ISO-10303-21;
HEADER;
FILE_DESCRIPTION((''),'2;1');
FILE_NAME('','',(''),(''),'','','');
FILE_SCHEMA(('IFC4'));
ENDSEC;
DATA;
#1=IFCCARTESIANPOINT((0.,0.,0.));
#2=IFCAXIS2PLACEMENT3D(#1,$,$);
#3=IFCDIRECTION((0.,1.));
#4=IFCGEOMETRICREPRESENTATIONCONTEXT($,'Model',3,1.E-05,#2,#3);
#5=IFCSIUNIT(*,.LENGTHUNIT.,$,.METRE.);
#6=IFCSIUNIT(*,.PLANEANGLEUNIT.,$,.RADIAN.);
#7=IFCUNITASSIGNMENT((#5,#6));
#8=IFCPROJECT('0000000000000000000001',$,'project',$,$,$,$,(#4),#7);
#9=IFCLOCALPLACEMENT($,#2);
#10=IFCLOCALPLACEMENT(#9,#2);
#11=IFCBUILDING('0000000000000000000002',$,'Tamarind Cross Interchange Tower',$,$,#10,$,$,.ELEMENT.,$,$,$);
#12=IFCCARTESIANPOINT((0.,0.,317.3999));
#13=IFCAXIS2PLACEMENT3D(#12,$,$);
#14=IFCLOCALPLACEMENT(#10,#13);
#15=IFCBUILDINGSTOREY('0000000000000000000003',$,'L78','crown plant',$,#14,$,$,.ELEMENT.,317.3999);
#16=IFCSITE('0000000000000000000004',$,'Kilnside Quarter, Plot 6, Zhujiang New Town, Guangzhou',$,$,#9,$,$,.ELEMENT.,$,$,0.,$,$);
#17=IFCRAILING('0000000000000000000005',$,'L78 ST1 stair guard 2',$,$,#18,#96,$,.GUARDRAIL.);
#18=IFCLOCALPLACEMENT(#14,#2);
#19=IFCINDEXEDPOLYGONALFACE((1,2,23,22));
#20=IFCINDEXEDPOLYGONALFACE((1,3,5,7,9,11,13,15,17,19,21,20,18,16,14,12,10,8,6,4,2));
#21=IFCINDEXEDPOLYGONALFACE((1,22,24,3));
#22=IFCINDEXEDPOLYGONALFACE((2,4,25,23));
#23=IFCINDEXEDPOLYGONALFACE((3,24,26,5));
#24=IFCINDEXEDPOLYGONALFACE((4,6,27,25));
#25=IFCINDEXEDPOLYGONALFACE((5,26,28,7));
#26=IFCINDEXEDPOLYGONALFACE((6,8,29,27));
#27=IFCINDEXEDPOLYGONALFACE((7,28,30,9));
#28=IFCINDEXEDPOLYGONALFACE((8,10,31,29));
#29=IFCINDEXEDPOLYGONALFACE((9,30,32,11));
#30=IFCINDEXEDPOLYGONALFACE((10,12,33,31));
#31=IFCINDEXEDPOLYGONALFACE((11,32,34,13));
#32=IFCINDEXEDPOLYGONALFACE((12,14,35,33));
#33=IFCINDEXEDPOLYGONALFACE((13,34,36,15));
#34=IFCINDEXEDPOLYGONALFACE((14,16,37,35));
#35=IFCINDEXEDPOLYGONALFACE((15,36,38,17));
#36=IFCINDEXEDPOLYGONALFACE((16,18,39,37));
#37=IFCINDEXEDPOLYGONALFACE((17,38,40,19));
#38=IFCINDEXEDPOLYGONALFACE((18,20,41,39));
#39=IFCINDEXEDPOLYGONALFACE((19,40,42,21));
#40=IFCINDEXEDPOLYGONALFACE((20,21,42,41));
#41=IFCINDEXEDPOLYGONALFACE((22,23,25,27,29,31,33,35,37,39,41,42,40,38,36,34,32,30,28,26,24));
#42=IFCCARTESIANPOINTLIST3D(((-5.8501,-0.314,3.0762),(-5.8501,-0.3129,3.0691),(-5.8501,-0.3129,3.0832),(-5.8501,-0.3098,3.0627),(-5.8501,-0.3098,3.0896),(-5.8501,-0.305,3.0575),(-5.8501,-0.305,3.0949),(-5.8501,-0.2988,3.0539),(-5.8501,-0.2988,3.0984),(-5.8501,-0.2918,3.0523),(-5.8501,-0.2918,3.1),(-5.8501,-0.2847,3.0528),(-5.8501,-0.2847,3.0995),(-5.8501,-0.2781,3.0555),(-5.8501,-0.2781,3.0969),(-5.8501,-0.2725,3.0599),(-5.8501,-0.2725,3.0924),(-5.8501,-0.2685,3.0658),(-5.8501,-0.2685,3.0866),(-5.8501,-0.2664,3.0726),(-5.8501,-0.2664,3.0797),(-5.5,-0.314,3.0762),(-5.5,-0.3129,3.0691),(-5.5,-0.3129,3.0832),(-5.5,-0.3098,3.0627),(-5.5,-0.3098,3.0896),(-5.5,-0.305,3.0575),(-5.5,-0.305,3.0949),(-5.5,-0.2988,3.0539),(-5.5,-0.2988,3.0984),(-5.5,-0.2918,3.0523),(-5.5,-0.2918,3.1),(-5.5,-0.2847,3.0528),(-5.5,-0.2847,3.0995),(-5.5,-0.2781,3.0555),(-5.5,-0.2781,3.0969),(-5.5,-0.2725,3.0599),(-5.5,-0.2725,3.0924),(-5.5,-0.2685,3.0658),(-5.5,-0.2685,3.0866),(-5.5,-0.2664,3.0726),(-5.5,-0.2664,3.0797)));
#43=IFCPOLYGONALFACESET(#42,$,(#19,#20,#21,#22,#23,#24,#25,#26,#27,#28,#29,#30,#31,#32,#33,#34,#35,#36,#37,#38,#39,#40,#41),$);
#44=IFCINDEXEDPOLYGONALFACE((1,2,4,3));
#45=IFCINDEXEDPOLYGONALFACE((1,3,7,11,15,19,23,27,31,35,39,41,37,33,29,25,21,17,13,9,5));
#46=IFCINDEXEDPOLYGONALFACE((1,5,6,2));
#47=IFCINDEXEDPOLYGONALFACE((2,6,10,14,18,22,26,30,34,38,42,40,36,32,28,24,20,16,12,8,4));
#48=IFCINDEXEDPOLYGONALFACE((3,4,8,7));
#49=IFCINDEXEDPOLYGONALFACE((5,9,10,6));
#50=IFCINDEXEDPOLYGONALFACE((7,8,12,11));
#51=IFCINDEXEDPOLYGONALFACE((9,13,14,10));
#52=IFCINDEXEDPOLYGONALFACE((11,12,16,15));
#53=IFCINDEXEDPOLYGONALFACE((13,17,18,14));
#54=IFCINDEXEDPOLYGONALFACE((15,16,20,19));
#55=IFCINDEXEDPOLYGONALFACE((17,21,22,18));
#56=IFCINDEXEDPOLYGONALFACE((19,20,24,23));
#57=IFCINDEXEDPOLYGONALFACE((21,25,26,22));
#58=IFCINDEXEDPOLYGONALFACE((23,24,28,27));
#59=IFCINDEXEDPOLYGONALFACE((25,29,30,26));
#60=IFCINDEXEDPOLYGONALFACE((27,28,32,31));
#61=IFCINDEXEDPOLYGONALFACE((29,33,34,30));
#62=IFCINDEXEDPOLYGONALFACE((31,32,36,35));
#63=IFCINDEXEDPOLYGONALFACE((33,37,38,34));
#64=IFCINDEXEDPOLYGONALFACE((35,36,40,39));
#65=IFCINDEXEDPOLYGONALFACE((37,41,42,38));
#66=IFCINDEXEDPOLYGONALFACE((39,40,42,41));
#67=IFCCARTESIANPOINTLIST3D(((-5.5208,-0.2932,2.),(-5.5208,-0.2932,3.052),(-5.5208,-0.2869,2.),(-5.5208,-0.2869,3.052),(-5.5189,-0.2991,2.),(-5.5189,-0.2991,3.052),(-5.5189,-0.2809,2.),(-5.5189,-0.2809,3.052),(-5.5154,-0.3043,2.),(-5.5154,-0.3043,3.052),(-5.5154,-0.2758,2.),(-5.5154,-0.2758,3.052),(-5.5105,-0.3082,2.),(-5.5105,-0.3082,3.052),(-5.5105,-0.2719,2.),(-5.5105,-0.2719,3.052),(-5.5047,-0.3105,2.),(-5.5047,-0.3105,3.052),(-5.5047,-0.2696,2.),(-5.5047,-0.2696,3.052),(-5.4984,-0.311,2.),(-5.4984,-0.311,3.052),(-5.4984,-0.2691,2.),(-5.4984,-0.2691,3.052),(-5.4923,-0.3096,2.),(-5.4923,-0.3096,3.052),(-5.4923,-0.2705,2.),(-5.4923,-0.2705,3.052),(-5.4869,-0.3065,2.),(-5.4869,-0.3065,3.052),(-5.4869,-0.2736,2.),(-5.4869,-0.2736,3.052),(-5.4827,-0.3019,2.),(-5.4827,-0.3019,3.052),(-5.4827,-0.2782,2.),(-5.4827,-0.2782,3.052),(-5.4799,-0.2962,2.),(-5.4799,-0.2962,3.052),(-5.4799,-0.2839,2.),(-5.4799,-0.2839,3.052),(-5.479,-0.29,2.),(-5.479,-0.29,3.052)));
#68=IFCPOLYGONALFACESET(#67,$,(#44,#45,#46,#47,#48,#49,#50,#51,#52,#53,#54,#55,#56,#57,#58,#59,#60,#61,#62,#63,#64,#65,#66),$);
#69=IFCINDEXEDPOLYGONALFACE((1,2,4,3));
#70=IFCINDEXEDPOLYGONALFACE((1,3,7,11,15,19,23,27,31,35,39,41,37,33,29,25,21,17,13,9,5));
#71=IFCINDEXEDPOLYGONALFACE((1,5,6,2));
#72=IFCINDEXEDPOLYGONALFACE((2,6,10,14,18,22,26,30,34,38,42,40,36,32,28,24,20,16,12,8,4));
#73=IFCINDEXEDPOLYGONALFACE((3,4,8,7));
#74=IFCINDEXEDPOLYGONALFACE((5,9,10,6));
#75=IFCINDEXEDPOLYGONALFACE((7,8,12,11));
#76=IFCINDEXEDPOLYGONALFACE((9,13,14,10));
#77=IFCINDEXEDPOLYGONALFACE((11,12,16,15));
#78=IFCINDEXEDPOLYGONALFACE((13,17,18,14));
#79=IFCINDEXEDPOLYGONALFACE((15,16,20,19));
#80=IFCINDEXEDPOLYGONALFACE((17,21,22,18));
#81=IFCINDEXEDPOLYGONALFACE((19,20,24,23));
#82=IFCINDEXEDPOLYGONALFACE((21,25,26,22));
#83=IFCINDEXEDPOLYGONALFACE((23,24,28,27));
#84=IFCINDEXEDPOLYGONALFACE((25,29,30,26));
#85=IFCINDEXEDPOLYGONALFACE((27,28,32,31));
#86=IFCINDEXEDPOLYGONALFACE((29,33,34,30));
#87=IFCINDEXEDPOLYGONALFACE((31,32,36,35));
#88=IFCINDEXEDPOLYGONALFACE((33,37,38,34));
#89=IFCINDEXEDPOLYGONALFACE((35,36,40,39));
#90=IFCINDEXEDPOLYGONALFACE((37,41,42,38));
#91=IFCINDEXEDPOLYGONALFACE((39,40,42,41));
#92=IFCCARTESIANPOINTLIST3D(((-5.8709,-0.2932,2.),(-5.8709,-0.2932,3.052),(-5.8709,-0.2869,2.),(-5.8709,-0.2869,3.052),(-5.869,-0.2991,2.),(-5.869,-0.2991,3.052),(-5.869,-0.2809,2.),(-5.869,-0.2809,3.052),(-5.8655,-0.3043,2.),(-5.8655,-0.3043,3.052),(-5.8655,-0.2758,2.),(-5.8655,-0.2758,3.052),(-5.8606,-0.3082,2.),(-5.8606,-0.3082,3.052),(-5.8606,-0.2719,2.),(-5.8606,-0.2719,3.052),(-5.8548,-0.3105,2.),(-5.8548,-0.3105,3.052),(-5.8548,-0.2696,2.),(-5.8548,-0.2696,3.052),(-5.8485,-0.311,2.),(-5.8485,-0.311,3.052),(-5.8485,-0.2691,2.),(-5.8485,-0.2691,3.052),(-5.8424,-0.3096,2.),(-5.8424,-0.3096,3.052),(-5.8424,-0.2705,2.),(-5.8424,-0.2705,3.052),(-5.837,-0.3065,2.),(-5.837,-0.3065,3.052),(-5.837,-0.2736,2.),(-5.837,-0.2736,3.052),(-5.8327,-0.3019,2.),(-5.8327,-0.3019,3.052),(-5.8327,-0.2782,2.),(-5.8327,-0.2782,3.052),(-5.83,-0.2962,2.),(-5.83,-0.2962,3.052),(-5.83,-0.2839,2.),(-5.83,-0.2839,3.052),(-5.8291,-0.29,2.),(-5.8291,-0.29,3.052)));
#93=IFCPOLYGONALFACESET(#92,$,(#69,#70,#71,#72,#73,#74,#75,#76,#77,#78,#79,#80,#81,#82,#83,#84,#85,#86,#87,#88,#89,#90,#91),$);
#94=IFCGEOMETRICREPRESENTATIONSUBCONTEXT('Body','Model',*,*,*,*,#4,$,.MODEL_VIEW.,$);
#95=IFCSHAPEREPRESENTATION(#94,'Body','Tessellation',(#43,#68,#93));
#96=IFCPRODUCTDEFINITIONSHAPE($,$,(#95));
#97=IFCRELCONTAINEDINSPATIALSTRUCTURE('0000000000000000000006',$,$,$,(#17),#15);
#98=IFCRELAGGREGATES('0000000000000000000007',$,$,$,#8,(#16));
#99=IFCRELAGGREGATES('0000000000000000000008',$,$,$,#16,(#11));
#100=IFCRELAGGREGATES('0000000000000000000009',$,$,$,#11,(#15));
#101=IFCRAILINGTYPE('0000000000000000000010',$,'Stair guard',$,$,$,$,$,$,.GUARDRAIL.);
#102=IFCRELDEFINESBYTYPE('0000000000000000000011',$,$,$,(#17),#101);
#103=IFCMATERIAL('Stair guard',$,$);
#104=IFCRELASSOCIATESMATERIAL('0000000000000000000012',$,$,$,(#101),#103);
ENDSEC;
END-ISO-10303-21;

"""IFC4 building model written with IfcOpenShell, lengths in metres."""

from ifc_helpers import new_model, si_unit, direction, frame, origin, origin_2d, place, context, subcontext, project, spatial, circle, extrude, material, type_object, element, save


model = new_model("IFC4")

# Units and contexts
model_context = context("Model", 3, precision=1e-05, world=origin(), true_north=direction((0.0, 1.0)))
body_context = subcontext(model_context, "Body", "Model", "MODEL_VIEW")
ifc_project = project(units=[si_unit("LENGTHUNIT", "METRE"), si_unit("PLANEANGLEUNIT", "RADIAN")], contexts=[model_context])

# Site, building, storey
site_placement = place(None, origin())
site = spatial("IfcSite", under=ifc_project, at=site_placement, Name="Kilnside Quarter, Plot 6, Zhujiang New Town, Guangzhou", CompositionType="ELEMENT", RefElevation=0.0)
building_placement = place(site_placement, origin())
building = spatial("IfcBuilding", under=site, at=building_placement, Name="Tamarind Cross Interchange Tower", CompositionType="ELEMENT")
storey_placement = place(building_placement, frame((0.0, 0.0, 317.3999)))
storey = spatial("IfcBuildingStorey", under=building, at=storey_placement, Name="L78", Description="crown plant", CompositionType="ELEMENT", Elevation=317.3999)

# Railing
ifc_material_1 = material(Name="Stair guard")
railing_type_1 = type_object("IfcRailingType", Name="Stair guard", PredefinedType="GUARDRAIL", material=ifc_material_1)
railing_1_placement = place(storey_placement, frame((-5.5, -0.29, 2.0)))
element("IfcRailing", 1, at=railing_1_placement, inside=storey, type_object=railing_type_1, Name="L78 ST1 stair guard 2", PredefinedType="GUARDRAIL", context=body_context, shape_type="SweptSolid", body=[
    extrude(circle(Radius=0.0239, at=origin_2d()), frame((0.0, 0.0, 1.0762), z_axis=(-1.0, 0.0, 0.0), x_axis=(0.0, -1.0, 0.0)), (0.0, 0.0, 1.0), 0.3501),
    extrude(circle(Radius=0.021, at=origin_2d()), origin(), (0.0, 0.0, 1.0), 1.052),
    extrude(circle(Radius=0.021, at=origin_2d()), frame((-0.3501, 0.0, 0.0)), (0.0, 0.0, 1.0), 1.052),
])

save(model, "model.ifc")
